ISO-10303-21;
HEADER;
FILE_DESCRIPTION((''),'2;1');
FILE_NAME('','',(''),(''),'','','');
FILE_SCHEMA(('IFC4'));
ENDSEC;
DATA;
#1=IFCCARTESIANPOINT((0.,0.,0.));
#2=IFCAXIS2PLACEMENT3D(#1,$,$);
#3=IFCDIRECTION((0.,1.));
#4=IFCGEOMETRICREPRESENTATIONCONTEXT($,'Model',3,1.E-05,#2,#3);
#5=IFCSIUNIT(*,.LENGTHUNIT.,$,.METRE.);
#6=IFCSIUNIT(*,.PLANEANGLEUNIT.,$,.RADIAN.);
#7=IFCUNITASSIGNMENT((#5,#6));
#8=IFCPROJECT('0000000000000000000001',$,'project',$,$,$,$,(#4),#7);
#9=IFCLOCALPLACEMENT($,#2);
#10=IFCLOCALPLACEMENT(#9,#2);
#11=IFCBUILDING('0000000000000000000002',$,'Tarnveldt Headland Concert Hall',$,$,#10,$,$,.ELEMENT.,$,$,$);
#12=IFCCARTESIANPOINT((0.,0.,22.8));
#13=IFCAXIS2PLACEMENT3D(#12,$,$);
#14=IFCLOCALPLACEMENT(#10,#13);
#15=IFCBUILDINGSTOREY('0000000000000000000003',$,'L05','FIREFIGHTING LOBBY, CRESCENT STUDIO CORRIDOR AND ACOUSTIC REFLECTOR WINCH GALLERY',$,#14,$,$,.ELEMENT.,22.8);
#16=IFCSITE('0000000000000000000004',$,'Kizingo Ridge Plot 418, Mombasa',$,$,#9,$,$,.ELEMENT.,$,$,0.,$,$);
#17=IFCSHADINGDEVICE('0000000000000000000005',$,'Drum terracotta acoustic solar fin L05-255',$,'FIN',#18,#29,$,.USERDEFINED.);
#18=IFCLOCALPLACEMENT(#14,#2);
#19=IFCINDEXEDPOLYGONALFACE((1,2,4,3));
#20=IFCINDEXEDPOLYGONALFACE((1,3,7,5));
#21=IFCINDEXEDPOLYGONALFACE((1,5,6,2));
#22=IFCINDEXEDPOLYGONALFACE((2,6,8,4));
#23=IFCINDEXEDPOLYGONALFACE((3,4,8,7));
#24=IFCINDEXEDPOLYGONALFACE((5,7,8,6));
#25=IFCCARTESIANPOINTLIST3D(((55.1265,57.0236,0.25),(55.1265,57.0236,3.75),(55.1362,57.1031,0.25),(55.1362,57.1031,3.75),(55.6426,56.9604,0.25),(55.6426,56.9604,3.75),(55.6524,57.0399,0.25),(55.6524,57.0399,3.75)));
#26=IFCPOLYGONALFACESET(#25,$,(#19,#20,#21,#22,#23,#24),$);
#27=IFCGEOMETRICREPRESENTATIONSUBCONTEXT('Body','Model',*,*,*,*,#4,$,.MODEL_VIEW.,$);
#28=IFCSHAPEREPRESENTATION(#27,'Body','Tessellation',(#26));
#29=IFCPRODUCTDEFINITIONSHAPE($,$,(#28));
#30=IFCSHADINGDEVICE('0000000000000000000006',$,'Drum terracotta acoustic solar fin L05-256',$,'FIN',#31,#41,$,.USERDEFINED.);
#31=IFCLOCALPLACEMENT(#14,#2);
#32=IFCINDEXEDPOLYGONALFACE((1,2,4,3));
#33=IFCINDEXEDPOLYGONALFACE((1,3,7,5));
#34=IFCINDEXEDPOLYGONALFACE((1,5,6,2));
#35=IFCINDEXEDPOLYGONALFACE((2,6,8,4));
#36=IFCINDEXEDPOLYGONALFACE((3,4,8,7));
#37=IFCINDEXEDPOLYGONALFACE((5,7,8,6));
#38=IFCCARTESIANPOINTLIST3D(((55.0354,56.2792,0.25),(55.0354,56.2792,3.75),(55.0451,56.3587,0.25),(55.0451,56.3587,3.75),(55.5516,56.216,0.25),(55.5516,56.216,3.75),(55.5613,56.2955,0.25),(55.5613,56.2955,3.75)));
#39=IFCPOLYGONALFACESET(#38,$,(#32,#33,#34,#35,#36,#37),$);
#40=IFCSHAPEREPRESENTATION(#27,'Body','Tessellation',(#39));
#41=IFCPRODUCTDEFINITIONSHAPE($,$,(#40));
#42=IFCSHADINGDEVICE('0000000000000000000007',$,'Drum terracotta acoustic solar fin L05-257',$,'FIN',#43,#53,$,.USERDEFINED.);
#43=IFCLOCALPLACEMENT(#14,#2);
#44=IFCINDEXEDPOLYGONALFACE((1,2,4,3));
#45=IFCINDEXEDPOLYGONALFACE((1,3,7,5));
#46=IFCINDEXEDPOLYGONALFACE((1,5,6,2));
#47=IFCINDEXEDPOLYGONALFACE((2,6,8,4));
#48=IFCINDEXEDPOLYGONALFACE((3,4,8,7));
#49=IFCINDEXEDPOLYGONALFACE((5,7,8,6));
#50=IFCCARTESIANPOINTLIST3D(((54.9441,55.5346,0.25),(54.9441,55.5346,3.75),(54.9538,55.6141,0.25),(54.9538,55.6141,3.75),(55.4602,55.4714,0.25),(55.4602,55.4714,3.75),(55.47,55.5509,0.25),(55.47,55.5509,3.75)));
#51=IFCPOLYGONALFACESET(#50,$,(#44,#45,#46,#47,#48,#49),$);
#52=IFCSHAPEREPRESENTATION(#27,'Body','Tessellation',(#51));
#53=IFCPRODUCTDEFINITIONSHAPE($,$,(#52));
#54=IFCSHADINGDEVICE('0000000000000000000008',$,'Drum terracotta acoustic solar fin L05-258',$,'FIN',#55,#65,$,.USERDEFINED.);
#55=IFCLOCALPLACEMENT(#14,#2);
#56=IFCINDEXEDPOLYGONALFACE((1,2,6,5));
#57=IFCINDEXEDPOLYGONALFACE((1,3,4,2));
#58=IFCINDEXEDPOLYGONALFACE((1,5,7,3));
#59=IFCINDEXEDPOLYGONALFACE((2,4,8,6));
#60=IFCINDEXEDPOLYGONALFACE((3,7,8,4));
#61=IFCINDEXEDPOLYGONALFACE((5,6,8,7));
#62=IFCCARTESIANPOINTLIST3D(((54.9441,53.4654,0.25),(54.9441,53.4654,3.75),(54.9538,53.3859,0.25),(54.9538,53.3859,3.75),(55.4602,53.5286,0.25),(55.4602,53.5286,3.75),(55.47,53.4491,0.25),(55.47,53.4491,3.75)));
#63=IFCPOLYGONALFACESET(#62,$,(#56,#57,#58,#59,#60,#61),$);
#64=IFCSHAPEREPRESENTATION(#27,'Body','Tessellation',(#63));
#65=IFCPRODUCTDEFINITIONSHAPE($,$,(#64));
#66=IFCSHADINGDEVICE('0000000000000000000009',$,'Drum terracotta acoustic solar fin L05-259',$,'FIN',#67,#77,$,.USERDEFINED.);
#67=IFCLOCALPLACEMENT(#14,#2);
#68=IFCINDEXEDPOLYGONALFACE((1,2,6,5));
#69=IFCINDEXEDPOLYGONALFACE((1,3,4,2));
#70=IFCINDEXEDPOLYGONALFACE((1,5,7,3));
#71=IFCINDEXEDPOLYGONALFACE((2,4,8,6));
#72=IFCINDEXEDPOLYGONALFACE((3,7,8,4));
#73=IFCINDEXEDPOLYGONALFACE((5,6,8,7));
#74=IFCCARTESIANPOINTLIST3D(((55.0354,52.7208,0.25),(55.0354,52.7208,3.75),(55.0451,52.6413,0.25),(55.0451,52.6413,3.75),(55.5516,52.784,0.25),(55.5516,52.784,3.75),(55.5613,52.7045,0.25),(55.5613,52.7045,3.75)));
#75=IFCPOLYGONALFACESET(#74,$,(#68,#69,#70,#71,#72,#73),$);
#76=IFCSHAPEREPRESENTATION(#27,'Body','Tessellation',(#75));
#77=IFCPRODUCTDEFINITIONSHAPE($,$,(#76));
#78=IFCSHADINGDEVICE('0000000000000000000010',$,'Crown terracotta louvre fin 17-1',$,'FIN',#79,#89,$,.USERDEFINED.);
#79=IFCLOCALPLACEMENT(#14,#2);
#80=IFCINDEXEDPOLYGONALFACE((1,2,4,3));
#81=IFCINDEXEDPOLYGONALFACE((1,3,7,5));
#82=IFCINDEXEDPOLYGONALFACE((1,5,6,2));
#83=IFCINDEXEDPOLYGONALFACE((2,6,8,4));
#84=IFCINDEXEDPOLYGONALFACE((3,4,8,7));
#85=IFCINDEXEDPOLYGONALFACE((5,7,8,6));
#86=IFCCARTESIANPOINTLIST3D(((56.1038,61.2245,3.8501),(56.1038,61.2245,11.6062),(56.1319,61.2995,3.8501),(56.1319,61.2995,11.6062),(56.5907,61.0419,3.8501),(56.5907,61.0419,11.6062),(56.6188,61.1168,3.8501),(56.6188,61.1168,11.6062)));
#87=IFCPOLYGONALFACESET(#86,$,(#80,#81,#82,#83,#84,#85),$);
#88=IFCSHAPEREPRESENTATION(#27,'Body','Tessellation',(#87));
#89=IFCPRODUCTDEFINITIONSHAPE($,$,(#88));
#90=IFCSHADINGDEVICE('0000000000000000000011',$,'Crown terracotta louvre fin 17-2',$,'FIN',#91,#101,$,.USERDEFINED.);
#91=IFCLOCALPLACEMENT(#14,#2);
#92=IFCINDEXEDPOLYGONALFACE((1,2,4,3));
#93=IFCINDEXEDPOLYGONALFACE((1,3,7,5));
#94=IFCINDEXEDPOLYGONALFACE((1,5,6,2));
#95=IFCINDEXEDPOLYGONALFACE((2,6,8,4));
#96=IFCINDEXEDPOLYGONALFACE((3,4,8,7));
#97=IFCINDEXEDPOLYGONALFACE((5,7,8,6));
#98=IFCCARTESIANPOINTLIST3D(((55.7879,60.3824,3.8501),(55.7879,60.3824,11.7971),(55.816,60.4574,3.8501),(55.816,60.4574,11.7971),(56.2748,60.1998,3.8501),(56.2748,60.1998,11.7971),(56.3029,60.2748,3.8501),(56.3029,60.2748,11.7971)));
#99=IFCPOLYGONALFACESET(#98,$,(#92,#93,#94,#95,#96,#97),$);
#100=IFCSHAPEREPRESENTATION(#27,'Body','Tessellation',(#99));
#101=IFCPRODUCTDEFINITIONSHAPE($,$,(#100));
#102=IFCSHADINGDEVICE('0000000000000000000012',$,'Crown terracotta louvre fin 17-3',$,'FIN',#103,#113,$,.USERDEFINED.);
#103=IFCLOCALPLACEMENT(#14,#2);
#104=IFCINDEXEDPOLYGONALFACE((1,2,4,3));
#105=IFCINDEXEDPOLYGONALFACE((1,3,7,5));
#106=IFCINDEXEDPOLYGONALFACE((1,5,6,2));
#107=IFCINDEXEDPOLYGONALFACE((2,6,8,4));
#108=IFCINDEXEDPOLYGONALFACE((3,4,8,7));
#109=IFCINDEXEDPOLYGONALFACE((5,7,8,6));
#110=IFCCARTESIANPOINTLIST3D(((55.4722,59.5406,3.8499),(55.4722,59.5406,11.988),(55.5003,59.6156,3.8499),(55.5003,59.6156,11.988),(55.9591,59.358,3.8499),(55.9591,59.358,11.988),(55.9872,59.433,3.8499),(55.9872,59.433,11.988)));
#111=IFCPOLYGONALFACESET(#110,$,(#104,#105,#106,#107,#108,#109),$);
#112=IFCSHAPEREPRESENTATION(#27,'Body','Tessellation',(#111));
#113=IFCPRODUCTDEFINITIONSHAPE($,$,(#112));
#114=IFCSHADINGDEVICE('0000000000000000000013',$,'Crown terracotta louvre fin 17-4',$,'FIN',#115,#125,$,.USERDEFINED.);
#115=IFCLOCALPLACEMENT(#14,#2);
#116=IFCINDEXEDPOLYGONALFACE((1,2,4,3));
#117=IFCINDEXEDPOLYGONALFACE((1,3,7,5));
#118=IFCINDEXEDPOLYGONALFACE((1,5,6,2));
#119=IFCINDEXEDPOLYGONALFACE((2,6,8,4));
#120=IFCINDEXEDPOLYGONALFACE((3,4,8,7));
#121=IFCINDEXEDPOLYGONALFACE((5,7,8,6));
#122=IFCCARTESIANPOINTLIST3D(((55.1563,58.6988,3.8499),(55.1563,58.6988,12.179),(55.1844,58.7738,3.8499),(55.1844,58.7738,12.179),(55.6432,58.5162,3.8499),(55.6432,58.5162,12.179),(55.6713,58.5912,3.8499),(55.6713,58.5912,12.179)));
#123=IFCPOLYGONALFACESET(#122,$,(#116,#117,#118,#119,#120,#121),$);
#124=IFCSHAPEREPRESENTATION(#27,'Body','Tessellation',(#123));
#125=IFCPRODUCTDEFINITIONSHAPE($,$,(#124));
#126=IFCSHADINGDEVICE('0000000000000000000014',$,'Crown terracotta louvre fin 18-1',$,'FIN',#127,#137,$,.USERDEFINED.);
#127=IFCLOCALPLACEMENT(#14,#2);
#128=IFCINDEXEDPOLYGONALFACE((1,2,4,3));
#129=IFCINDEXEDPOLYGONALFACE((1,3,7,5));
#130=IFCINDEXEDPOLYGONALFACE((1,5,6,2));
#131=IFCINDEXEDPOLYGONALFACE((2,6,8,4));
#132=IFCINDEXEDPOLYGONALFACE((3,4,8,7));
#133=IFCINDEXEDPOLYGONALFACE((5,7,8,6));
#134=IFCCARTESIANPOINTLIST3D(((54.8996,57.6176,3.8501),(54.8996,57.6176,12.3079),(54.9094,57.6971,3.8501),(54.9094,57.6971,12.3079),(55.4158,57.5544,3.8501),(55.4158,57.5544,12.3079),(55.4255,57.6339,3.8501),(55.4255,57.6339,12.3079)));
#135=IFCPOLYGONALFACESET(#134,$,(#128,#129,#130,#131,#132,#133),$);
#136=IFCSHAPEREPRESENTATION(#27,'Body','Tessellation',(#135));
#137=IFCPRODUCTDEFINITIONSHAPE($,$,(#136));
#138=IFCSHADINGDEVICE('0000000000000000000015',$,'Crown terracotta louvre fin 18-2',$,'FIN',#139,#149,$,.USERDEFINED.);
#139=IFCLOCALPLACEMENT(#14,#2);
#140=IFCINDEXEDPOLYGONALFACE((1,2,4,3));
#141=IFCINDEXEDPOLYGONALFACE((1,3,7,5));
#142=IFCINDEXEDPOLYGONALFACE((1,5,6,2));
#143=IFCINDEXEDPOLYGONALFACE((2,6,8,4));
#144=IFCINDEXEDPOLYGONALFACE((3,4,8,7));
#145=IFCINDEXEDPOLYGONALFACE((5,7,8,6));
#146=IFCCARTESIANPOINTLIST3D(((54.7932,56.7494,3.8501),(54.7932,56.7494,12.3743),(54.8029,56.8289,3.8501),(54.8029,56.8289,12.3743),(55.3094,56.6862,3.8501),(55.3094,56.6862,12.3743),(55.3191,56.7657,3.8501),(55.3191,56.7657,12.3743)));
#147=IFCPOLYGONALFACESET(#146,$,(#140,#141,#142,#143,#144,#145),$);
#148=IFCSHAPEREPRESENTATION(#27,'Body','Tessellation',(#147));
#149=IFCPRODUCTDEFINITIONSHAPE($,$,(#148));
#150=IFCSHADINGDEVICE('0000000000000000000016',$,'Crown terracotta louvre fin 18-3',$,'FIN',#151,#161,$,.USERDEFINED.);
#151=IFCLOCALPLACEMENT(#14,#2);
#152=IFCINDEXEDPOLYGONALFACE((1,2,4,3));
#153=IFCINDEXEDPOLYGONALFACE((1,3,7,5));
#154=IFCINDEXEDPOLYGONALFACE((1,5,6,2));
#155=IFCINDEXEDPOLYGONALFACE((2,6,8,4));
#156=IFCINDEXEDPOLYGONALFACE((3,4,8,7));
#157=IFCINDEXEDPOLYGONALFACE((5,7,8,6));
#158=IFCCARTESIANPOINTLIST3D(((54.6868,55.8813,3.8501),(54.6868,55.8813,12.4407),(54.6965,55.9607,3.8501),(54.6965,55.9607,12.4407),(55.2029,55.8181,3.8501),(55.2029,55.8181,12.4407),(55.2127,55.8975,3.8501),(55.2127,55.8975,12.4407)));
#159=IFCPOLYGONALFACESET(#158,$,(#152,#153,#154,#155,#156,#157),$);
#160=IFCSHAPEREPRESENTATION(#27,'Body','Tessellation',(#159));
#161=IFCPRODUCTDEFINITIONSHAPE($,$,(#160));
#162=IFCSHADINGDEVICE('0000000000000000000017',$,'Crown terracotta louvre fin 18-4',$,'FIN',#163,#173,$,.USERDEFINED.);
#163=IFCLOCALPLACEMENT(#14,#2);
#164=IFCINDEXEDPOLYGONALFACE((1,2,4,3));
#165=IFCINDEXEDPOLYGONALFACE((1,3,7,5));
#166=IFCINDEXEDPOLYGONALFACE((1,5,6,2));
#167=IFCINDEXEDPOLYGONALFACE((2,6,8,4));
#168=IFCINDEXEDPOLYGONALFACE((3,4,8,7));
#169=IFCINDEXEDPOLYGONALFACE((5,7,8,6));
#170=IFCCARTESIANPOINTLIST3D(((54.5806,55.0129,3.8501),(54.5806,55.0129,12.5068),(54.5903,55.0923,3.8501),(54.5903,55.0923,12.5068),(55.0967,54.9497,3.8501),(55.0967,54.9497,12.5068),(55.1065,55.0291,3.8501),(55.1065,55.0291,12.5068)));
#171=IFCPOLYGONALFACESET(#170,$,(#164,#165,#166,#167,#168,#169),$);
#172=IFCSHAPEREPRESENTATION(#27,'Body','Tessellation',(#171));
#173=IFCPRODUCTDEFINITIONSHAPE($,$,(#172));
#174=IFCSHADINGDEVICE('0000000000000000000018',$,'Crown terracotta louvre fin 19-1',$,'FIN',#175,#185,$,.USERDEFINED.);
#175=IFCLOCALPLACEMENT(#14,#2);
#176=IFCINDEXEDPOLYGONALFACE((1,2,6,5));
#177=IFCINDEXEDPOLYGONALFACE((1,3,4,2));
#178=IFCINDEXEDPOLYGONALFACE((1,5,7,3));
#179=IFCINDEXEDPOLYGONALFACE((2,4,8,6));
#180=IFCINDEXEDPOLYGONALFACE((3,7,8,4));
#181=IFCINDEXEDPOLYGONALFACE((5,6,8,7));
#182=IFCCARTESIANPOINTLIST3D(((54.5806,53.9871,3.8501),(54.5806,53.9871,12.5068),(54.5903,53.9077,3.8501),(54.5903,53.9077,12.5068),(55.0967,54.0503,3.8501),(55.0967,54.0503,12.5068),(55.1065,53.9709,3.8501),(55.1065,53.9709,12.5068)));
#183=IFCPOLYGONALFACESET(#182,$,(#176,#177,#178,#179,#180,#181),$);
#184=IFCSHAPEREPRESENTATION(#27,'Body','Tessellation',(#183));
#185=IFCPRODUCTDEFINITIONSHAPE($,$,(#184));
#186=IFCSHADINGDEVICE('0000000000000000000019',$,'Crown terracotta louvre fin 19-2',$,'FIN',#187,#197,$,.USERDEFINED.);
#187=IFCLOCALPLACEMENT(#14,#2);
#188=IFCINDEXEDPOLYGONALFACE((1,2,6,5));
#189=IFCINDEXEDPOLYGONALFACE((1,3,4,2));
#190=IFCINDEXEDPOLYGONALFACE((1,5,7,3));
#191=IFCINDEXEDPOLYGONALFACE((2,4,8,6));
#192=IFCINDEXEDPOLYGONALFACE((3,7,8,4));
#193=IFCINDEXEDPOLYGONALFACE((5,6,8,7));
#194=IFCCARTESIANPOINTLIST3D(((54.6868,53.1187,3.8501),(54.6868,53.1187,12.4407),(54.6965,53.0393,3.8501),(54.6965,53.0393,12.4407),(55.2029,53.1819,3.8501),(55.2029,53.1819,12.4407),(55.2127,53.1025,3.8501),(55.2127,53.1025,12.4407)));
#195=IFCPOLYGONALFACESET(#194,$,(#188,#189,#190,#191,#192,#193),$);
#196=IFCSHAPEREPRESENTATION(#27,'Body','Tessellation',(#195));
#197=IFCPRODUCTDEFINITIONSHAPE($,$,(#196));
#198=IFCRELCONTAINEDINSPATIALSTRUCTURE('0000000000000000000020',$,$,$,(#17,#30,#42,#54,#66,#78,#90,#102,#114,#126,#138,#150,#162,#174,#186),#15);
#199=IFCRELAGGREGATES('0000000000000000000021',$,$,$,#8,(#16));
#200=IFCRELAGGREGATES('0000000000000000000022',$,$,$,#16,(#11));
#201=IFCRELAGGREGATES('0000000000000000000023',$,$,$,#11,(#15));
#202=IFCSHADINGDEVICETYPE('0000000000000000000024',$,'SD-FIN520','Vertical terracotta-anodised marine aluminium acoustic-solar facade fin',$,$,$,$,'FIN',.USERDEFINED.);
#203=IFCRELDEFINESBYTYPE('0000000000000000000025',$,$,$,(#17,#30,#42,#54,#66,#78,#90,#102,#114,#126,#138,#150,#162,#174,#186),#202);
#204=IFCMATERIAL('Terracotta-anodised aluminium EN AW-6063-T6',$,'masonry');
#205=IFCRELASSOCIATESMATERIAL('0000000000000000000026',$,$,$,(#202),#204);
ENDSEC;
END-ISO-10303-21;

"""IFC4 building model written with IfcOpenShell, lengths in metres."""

from ifc_helpers import new_model, si_unit, direction, frame, origin, origin_2d, place, context, subcontext, project, spatial, rectangle, extrude, material, type_object, element, save


model = new_model("IFC4")

# Units and contexts
model_context = context("Model", 3, precision=1e-05, world=origin(), true_north=direction((0.0, 1.0)))
body_context = subcontext(model_context, "Body", "Model", "MODEL_VIEW")
ifc_project = project(units=[si_unit("LENGTHUNIT", "METRE"), si_unit("PLANEANGLEUNIT", "RADIAN")], contexts=[model_context])

# Site, building, storey
site_placement = place(None, origin())
site = spatial("IfcSite", under=ifc_project, at=site_placement, Name="Kizingo Ridge Plot 418, Mombasa", CompositionType="ELEMENT", RefElevation=0.0)
building_placement = place(site_placement, origin())
building = spatial("IfcBuilding", under=site, at=building_placement, Name="Tarnveldt Headland Concert Hall", CompositionType="ELEMENT")
storey_placement = place(building_placement, frame((0.0, 0.0, 22.8)))
storey = spatial("IfcBuildingStorey", under=building, at=storey_placement, Name="L05", Description="FIREFIGHTING LOBBY, CRESCENT STUDIO CORRIDOR AND ACOUSTIC REFLECTOR WINCH GALLERY", CompositionType="ELEMENT", Elevation=22.8)

# Shading devices
ifc_material_1 = material(Name="Terracotta-anodised aluminium EN AW-6063-T6", Category="masonry")
shading_device_type = type_object("IfcShadingDeviceType", Name="SD-FIN520", Description="Vertical terracotta-anodised marine aluminium acoustic-solar facade fin", ElementType="FIN", PredefinedType="USERDEFINED", material=ifc_material_1)
for number, where, z_axis, x_axis, name in (
    (1, (55.3894, 57.0317, 0.25), (0.0, 0.0, 1.0), (-0.992589, 0.121523, 0.0), "Drum terracotta acoustic solar fin L05-255"),
    (2, (55.2983, 56.2874, 0.25), (0.0, 0.0, 1.0), (-0.992589, 0.121523, 0.0), "Drum terracotta acoustic solar fin L05-256"),
    (3, (55.207, 55.5427, 0.25), (0.0, 0.0, 1.0), (-0.992589, 0.121523, 0.0), "Drum terracotta acoustic solar fin L05-257"),
    (4, (55.207, 53.4573, 0.25), (0.0, 0.0, 1.0), (-0.992589, -0.121523, 0.0), "Drum terracotta acoustic solar fin L05-258"),
    (5, (55.2983, 52.7126, 0.25), (0.0, 0.0, 1.0), (-0.992589, -0.121523, 0.0), "Drum terracotta acoustic solar fin L05-259"),
):
    element("IfcShadingDevice", number, at=place(storey_placement, frame(where, z_axis=z_axis, x_axis=x_axis)), inside=storey, type_object=shading_device_type, Name=name, ObjectType="FIN", PredefinedType="USERDEFINED", context=body_context, shape_type="SweptSolid", body=[
        extrude(rectangle(XDim=0.52, YDim=0.0801, at=origin_2d()), origin(), (0.0, 0.0, 1.0), 3.5),
    ])
shading_device_1_placement = place(storey_placement, frame((56.3613, 61.1707, 3.8501), z_axis=(0.0, 0.0, 1.0), x_axis=(-0.936305, 0.351188, 0.0)))
element("IfcShadingDevice", 6, at=shading_device_1_placement, inside=storey, type_object=shading_device_type, Name="Crown terracotta louvre fin 17-1", ObjectType="FIN", PredefinedType="USERDEFINED", context=body_context, shape_type="SweptSolid", body=[
    extrude(rectangle(XDim=0.52, YDim=0.0801, at=origin_2d()), origin(), (0.0, 0.0, 1.0), 7.7561),
])
shading_device_2_placement = place(storey_placement, frame((56.0454, 60.3286, 3.8501), z_axis=(0.0, 0.0, 1.0), x_axis=(-0.936305, 0.351188, 0.0)))
element("IfcShadingDevice", 7, at=shading_device_2_placement, inside=storey, type_object=shading_device_type, Name="Crown terracotta louvre fin 17-2", ObjectType="FIN", PredefinedType="USERDEFINED", context=body_context, shape_type="SweptSolid", body=[
    extrude(rectangle(XDim=0.52, YDim=0.0801, at=origin_2d()), origin(), (0.0, 0.0, 1.0), 7.947),
])
shading_device_3_placement = place(storey_placement, frame((55.7297, 59.4868, 3.8499), z_axis=(0.0, 0.0, 1.0), x_axis=(-0.936305, 0.351188, 0.0)))
element("IfcShadingDevice", 8, at=shading_device_3_placement, inside=storey, type_object=shading_device_type, Name="Crown terracotta louvre fin 17-3", ObjectType="FIN", PredefinedType="USERDEFINED", context=body_context, shape_type="SweptSolid", body=[
    extrude(rectangle(XDim=0.52, YDim=0.0801, at=origin_2d()), origin(), (0.0, 0.0, 1.0), 8.1382),
])
shading_device_4_placement = place(storey_placement, frame((55.4138, 58.645, 3.8499), z_axis=(0.0, 0.0, 1.0), x_axis=(-0.936305, 0.351188, 0.0)))
element("IfcShadingDevice", 9, at=shading_device_4_placement, inside=storey, type_object=shading_device_type, Name="Crown terracotta louvre fin 17-4", ObjectType="FIN", PredefinedType="USERDEFINED", context=body_context, shape_type="SweptSolid", body=[
    extrude(rectangle(XDim=0.52, YDim=0.0801, at=origin_2d()), origin(), (0.0, 0.0, 1.0), 8.3291),
])
shading_device_5_placement = place(storey_placement, frame((55.1626, 57.6257, 3.8501), z_axis=(0.0, 0.0, 1.0), x_axis=(-0.992589, 0.121523, 0.0)))
element("IfcShadingDevice", 10, at=shading_device_5_placement, inside=storey, type_object=shading_device_type, Name="Crown terracotta louvre fin 18-1", ObjectType="FIN", PredefinedType="USERDEFINED", context=body_context, shape_type="SweptSolid", body=[
    extrude(rectangle(XDim=0.52, YDim=0.0801, at=origin_2d()), origin(), (0.0, 0.0, 1.0), 8.4578),
])
shading_device_6_placement = place(storey_placement, frame((55.0562, 56.7576, 3.8501), z_axis=(0.0, 0.0, 1.0), x_axis=(-0.992589, 0.121523, 0.0)))
element("IfcShadingDevice", 11, at=shading_device_6_placement, inside=storey, type_object=shading_device_type, Name="Crown terracotta louvre fin 18-2", ObjectType="FIN", PredefinedType="USERDEFINED", context=body_context, shape_type="SweptSolid", body=[
    extrude(rectangle(XDim=0.52, YDim=0.0801, at=origin_2d()), origin(), (0.0, 0.0, 1.0), 8.5242),
])
shading_device_7_placement = place(storey_placement, frame((54.9497, 55.8894, 3.8501), z_axis=(0.0, 0.0, 1.0), x_axis=(-0.992589, 0.121523, 0.0)))
element("IfcShadingDevice", 12, at=shading_device_7_placement, inside=storey, type_object=shading_device_type, Name="Crown terracotta louvre fin 18-3", ObjectType="FIN", PredefinedType="USERDEFINED", context=body_context, shape_type="SweptSolid", body=[
    extrude(rectangle(XDim=0.52, YDim=0.0801, at=origin_2d()), origin(), (0.0, 0.0, 1.0), 8.5906),
])
for number, where, z_axis, x_axis, name in (
    (13, (54.8435, 55.021, 3.8501), (0.0, 0.0, 1.0), (-0.992589, 0.121523, 0.0), "Crown terracotta louvre fin 18-4"),
    (14, (54.8435, 53.979, 3.8501), (0.0, 0.0, 1.0), (-0.992589, -0.121523, 0.0), "Crown terracotta louvre fin 19-1"),
):
    element("IfcShadingDevice", number, at=place(storey_placement, frame(where, z_axis=z_axis, x_axis=x_axis)), inside=storey, type_object=shading_device_type, Name=name, ObjectType="FIN", PredefinedType="USERDEFINED", context=body_context, shape_type="SweptSolid", body=[
        extrude(rectangle(XDim=0.52, YDim=0.0801, at=origin_2d()), origin(), (0.0, 0.0, 1.0), 8.6567),
    ])
shading_device_8_placement = place(storey_placement, frame((54.9497, 53.1106, 3.8501), z_axis=(0.0, 0.0, 1.0), x_axis=(-0.992589, -0.121523, 0.0)))
element("IfcShadingDevice", 15, at=shading_device_8_placement, inside=storey, type_object=shading_device_type, Name="Crown terracotta louvre fin 19-2", ObjectType="FIN", PredefinedType="USERDEFINED", context=body_context, shape_type="SweptSolid", body=[
    extrude(rectangle(XDim=0.52, YDim=0.0801, at=origin_2d()), origin(), (0.0, 0.0, 1.0), 8.5906),
])

save(model, "model.ifc")
